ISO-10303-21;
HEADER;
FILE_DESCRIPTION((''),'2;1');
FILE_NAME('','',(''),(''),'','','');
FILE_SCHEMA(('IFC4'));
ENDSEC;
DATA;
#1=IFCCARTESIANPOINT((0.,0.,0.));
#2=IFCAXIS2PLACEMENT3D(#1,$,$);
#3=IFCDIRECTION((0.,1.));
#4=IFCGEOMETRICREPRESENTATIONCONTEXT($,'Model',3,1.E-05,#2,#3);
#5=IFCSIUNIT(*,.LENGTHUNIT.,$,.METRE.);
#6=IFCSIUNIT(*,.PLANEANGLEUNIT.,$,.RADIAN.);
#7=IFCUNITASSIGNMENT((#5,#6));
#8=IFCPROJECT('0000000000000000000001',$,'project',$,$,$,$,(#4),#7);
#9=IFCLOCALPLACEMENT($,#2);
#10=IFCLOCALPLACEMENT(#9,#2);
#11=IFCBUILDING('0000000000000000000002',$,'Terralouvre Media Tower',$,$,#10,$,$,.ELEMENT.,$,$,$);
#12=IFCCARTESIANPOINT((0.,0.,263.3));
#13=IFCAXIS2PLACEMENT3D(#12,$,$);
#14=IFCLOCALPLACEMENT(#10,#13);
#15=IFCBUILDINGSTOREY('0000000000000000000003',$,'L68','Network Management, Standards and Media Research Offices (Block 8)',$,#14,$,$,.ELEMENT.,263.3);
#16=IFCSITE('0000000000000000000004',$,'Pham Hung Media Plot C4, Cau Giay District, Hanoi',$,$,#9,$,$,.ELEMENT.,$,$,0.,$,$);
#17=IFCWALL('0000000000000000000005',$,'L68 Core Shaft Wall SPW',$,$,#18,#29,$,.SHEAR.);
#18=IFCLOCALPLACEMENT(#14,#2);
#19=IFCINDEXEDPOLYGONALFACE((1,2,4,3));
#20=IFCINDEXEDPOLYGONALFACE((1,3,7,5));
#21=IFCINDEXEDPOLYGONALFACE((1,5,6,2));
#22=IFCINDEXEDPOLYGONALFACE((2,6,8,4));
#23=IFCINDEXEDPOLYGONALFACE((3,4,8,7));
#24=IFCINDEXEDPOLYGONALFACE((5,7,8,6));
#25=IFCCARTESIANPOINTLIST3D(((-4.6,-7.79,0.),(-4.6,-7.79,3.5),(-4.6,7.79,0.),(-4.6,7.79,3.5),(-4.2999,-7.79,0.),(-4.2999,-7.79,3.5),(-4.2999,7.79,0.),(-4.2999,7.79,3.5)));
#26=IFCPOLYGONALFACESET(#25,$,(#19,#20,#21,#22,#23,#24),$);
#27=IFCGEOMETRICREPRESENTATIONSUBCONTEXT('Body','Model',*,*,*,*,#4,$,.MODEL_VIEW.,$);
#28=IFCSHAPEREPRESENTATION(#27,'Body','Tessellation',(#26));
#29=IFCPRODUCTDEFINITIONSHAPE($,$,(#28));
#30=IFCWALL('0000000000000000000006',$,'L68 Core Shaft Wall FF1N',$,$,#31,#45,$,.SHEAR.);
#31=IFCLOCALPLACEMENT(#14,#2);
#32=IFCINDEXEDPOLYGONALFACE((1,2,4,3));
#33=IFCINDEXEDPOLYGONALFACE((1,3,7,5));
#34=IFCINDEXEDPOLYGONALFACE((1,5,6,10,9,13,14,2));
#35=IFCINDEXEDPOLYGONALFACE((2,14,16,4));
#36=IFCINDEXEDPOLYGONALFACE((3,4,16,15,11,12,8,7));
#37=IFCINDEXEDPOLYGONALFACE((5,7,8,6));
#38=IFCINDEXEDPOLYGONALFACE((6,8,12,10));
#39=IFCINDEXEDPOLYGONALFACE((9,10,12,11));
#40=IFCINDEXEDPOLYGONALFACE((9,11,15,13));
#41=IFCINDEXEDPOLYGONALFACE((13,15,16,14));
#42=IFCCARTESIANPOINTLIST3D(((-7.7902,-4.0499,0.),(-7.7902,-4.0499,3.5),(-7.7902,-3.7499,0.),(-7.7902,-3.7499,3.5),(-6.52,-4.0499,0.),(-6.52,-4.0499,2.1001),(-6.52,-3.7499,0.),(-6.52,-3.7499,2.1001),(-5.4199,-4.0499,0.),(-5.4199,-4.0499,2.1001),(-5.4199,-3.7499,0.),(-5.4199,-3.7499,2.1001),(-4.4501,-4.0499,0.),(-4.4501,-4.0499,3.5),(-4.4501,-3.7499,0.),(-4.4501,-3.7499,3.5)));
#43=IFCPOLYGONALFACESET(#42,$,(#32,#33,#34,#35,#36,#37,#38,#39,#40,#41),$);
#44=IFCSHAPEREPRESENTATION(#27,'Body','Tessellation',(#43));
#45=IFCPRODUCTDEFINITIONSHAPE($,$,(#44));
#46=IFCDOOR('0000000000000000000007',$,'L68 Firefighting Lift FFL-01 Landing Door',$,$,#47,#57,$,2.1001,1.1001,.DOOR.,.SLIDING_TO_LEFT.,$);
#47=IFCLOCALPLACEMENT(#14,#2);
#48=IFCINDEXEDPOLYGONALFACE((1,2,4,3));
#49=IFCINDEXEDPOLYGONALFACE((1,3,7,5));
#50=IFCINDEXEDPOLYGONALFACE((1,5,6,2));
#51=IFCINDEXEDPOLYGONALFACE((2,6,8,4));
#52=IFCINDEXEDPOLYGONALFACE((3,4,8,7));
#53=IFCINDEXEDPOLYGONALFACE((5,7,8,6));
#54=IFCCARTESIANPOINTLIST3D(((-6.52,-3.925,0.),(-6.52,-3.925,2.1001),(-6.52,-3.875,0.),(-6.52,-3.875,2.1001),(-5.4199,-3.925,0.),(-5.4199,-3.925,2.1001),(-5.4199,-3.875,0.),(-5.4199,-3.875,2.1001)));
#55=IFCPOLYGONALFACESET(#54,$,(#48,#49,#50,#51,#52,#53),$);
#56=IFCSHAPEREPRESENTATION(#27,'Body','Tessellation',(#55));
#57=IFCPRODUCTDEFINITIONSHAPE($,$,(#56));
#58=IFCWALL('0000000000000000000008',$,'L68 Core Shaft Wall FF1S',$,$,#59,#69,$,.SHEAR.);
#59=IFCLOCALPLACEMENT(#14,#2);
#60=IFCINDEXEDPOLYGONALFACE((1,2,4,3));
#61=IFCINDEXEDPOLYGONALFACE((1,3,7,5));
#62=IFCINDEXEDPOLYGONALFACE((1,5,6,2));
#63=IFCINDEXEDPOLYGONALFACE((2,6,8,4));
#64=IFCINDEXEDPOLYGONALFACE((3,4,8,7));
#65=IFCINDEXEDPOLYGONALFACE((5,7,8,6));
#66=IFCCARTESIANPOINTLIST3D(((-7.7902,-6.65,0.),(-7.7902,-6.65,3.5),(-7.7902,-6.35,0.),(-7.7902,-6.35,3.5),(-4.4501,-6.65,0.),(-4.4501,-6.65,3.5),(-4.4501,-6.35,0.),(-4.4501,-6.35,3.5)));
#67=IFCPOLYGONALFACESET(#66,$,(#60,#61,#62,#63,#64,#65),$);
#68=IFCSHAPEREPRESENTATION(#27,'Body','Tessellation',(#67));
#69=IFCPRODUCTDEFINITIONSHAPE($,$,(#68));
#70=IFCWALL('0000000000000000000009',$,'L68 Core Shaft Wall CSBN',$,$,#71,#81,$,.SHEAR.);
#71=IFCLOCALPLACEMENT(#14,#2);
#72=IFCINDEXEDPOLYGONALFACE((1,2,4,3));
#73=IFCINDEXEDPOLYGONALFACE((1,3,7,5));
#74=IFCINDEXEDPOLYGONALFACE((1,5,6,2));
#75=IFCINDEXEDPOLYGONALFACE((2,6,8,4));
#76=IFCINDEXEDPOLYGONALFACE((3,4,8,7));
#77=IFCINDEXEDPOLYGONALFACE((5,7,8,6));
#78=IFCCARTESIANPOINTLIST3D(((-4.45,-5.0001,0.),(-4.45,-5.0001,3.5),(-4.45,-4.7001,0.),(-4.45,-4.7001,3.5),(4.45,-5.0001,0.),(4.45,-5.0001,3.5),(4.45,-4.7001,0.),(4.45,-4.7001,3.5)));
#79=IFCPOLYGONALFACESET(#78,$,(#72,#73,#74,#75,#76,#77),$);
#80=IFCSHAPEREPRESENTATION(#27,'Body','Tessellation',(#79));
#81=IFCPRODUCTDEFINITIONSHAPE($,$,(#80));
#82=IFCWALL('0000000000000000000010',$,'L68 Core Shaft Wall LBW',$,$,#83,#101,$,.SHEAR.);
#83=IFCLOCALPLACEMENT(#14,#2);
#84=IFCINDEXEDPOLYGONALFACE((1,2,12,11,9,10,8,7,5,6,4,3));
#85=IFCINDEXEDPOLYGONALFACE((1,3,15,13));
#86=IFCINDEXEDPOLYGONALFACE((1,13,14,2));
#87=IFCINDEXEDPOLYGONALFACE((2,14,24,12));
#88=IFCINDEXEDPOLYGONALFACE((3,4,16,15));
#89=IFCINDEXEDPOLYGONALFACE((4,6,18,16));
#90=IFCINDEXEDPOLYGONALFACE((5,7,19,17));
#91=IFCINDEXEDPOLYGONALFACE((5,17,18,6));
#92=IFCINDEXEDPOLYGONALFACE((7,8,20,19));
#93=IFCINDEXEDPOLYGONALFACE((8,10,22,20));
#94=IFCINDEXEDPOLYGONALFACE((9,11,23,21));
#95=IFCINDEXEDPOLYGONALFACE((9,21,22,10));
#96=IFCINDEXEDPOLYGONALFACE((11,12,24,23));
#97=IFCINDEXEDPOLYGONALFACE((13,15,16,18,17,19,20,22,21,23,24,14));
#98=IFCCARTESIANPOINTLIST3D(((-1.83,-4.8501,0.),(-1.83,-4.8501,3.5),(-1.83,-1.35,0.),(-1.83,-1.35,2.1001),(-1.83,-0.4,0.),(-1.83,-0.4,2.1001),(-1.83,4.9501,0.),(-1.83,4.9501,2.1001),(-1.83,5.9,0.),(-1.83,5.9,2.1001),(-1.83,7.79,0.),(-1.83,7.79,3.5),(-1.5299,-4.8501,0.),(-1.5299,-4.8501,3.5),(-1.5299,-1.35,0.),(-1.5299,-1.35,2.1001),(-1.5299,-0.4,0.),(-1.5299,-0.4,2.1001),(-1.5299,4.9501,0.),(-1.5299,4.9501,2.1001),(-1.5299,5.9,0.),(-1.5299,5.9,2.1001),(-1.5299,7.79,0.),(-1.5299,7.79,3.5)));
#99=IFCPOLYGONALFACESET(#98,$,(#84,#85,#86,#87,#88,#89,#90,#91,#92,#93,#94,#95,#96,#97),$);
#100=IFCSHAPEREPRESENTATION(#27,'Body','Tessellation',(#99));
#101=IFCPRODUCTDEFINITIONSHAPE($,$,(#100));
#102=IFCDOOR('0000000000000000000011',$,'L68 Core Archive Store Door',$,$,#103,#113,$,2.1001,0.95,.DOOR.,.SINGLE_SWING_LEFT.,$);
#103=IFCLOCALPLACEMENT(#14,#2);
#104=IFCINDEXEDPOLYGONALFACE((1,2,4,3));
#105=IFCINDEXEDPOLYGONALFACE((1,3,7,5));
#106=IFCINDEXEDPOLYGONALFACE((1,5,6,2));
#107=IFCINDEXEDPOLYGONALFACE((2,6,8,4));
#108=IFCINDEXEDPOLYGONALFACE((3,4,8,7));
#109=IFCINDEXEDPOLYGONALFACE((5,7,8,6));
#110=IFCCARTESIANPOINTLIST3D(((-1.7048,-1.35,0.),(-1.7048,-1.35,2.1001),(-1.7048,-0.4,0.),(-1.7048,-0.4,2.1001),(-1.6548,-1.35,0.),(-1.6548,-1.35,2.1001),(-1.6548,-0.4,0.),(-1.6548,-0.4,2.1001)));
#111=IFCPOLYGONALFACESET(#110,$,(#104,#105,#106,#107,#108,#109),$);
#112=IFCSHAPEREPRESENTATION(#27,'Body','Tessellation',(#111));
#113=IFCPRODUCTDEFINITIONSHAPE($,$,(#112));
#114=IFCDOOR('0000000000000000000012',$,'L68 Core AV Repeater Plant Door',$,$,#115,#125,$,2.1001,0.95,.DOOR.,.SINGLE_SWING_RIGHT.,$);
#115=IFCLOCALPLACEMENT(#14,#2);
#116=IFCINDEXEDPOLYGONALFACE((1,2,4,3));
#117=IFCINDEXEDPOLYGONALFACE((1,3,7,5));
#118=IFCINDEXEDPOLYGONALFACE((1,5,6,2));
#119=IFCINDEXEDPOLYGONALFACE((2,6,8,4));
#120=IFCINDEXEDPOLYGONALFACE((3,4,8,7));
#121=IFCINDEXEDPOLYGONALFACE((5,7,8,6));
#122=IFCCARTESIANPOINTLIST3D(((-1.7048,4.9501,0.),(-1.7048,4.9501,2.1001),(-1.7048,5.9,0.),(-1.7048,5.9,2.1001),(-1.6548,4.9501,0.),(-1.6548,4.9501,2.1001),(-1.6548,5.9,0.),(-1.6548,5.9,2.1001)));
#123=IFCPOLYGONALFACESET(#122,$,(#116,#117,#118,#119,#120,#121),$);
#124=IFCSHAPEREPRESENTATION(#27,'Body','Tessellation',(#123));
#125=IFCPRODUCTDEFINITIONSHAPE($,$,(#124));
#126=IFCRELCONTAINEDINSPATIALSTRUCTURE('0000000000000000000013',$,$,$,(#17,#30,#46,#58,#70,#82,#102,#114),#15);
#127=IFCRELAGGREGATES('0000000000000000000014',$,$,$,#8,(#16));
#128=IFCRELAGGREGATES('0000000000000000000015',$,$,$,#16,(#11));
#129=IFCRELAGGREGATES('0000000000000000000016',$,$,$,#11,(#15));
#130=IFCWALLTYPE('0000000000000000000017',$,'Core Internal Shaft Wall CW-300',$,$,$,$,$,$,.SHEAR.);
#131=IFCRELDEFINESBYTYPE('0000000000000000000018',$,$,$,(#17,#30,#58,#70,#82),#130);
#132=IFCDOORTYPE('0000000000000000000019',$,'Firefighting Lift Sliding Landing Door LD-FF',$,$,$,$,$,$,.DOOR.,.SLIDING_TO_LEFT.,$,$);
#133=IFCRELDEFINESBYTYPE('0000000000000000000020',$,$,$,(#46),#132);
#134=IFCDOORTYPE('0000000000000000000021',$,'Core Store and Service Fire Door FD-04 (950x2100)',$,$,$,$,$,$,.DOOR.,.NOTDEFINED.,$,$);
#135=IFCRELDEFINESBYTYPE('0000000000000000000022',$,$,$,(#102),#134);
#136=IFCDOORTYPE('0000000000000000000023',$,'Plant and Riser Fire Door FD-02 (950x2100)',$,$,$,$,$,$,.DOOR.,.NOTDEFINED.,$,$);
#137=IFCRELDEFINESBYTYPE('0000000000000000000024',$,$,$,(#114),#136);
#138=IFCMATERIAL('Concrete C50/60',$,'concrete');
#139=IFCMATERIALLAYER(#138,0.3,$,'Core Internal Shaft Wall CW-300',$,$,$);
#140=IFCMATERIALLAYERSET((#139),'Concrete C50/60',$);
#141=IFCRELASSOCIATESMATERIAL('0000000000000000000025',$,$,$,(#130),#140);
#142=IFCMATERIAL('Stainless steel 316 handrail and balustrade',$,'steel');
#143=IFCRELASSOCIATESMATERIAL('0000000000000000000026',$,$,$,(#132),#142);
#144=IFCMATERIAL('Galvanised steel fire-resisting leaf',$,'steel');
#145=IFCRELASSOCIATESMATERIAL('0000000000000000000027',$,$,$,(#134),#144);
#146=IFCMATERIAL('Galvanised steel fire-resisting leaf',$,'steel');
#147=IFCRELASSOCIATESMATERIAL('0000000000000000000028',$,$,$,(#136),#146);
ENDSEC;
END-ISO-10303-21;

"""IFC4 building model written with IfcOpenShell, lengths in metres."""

from ifc_helpers import new_model, si_unit, direction, frame, frame_2d, origin, place, context, subcontext, project, spatial, rectangle, extrude, material, layer, layer_set, type_object, element, fill, save


model = new_model("IFC4")

# Units and contexts
model_context = context("Model", 3, precision=1e-05, world=origin(), true_north=direction((0.0, 1.0)))
body_context = subcontext(model_context, "Body", "Model", "MODEL_VIEW")
ifc_project = project(units=[si_unit("LENGTHUNIT", "METRE"), si_unit("PLANEANGLEUNIT", "RADIAN")], contexts=[model_context])

# Site, building, storey
site_placement = place(None, origin())
site = spatial("IfcSite", under=ifc_project, at=site_placement, Name="Pham Hung Media Plot C4, Cau Giay District, Hanoi", CompositionType="ELEMENT", RefElevation=0.0)
building_placement = place(site_placement, origin())
building = spatial("IfcBuilding", under=site, at=building_placement, Name="Terralouvre Media Tower", CompositionType="ELEMENT")
storey_placement = place(building_placement, frame((0.0, 0.0, 263.3)))
storey = spatial("IfcBuildingStorey", under=building, at=storey_placement, Name="L68", Description="Network Management, Standards and Media Research Offices (Block 8)", CompositionType="ELEMENT", Elevation=263.3)

# Wall
ifc_material_1 = material(Name="Concrete C50/60", Category="concrete")
ifc_layer_1 = layer(ifc_material_1, 0.3, Name="Core Internal Shaft Wall CW-300")
ifc_layer_set_1 = layer_set([ifc_layer_1], Name="Concrete C50/60")
wall_type_1 = type_object("IfcWallType", Name="Core Internal Shaft Wall CW-300", PredefinedType="SHEAR", material=ifc_layer_set_1)
wall_1_placement = place(storey_placement, frame((-4.45, -7.79, 0.0), z_axis=(0.0, 0.0, 1.0), x_axis=(0.0, 1.0, 0.0)))
element("IfcWall", 1, at=wall_1_placement, inside=storey, type_object=wall_type_1, Name="L68 Core Shaft Wall SPW", PredefinedType="SHEAR", context=body_context, shape_type="SweptSolid", body=[
    extrude(rectangle(XDim=15.5801, YDim=0.3, at=frame_2d((7.79, 0.0))), origin(), (0.0, 0.0, 1.0), 3.5),
])

# Wall, opening, door
wall_2_placement = place(storey_placement, frame((-7.79, -3.8999, 0.0), z_axis=(0.0, 0.0, 1.0), x_axis=(1.0, 0.0, 0.0)))
wall_2 = element("IfcWall", 2, at=wall_2_placement, inside=storey, type_object=wall_type_1, Name="L68 Core Shaft Wall FF1N", PredefinedType="SHEAR", context=body_context, shape_type="SweptSolid", body=[
    extrude(rectangle(XDim=3.3401, YDim=0.3, at=frame_2d((1.6699, 0.0))), origin(), (0.0, 0.0, 1.0), 3.5),
])
opening_1_placement = place(wall_2_placement, frame((1.27, 0.0, 0.0)))
opening_1 = element("IfcOpeningElement", 3, at=opening_1_placement, cuts=wall_2, PredefinedType="OPENING", context=body_context, shape_type="SweptSolid", body=[
    extrude(rectangle(XDim=1.1001, YDim=2.1001, at=frame_2d((0.55, 1.05))), frame((0.0, 0.1599, 0.0), z_axis=(0.0, -1.0, 0.0), x_axis=(1.0, 0.0, 0.0)), (0.0, 0.0, 1.0), 0.3201),
])
ifc_material_2 = material(Name="Stainless steel 316 handrail and balustrade", Category="steel")
door_type_1 = type_object("IfcDoorType", Name="Firefighting Lift Sliding Landing Door LD-FF", OperationType="SLIDING_TO_LEFT", PredefinedType="DOOR", material=ifc_material_2)
door_1_placement = place(opening_1_placement, origin())
door_1 = element("IfcDoor", 4, at=door_1_placement, inside=storey, type_object=door_type_1, Name="L68 Firefighting Lift FFL-01 Landing Door", OperationType="SLIDING_TO_LEFT", OverallHeight=2.1001, OverallWidth=1.1001, PredefinedType="DOOR", context=body_context, shape_type="SweptSolid", body=[
    extrude(rectangle(XDim=1.1001, YDim=2.1001, at=frame_2d((0.55, 1.05))), frame((0.0, 0.0249, 0.0), z_axis=(0.0, -1.0, 0.0), x_axis=(1.0, 0.0, 0.0)), (0.0, 0.0, 1.0), 0.05),
])
fill(opening_1, door_1)

# Walls
wall_3_placement = place(storey_placement, frame((-7.79, -6.5, 0.0), z_axis=(0.0, 0.0, 1.0), x_axis=(1.0, 0.0, 0.0)))
element("IfcWall", 5, at=wall_3_placement, inside=storey, type_object=wall_type_1, Name="L68 Core Shaft Wall FF1S", PredefinedType="SHEAR", context=body_context, shape_type="SweptSolid", body=[
    extrude(rectangle(XDim=3.3401, YDim=0.3, at=frame_2d((1.6699, 0.0))), origin(), (0.0, 0.0, 1.0), 3.5),
])
wall_4_placement = place(storey_placement, frame((-4.45, -4.8501, 0.0), z_axis=(0.0, 0.0, 1.0), x_axis=(1.0, 0.0, 0.0)))
element("IfcWall", 6, at=wall_4_placement, inside=storey, type_object=wall_type_1, Name="L68 Core Shaft Wall CSBN", PredefinedType="SHEAR", context=body_context, shape_type="SweptSolid", body=[
    extrude(rectangle(XDim=8.8999, YDim=0.3, at=frame_2d((4.45, 0.0))), origin(), (0.0, 0.0, 1.0), 3.5),
])

# Wall, openings, doors
wall_5_placement = place(storey_placement, frame((-1.6799, -4.8501, 0.0), z_axis=(0.0, 0.0, 1.0), x_axis=(0.0, 1.0, 0.0)))
wall_5 = element("IfcWall", 7, at=wall_5_placement, inside=storey, type_object=wall_type_1, Name="L68 Core Shaft Wall LBW", PredefinedType="SHEAR", context=body_context, shape_type="SweptSolid", body=[
    extrude(rectangle(XDim=12.6401, YDim=0.3, at=frame_2d((6.3201, 0.0))), origin(), (0.0, 0.0, 1.0), 3.5),
])
opening_2_placement = place(wall_5_placement, frame((3.5, 0.0, 0.0)))
opening_2 = element("IfcOpeningElement", 8, at=opening_2_placement, cuts=wall_5, PredefinedType="OPENING", context=body_context, shape_type="SweptSolid", body=[
    extrude(rectangle(XDim=0.95, YDim=2.1001, at=frame_2d((0.4751, 1.05))), frame((0.0, 0.1599, 0.0), z_axis=(0.0, -1.0, 0.0), x_axis=(1.0, 0.0, 0.0)), (0.0, 0.0, 1.0), 0.3201),
])
opening_3_placement = place(wall_5_placement, frame((9.8, 0.0, 0.0)))
opening_3 = element("IfcOpeningElement", 9, at=opening_3_placement, cuts=wall_5, PredefinedType="OPENING", context=body_context, shape_type="SweptSolid", body=[
    extrude(rectangle(XDim=0.95, YDim=2.1001, at=frame_2d((0.4751, 1.05))), frame((0.0, 0.1599, 0.0), z_axis=(0.0, -1.0, 0.0), x_axis=(1.0, 0.0, 0.0)), (0.0, 0.0, 1.0), 0.3201),
])
ifc_material_3 = material(Name="Galvanised steel fire-resisting leaf", Category="steel")
door_type_2 = type_object("IfcDoorType", Name="Core Store and Service Fire Door FD-04 (950x2100)", OperationType="NOTDEFINED", PredefinedType="DOOR", material=ifc_material_3)
door_2_placement = place(opening_2_placement, origin())
door_2 = element("IfcDoor", 10, at=door_2_placement, inside=storey, type_object=door_type_2, Name="L68 Core Archive Store Door", OperationType="SINGLE_SWING_LEFT", OverallHeight=2.1001, OverallWidth=0.95, PredefinedType="DOOR", context=body_context, shape_type="SweptSolid", body=[
    extrude(rectangle(XDim=0.95, YDim=2.1001, at=frame_2d((0.4751, 1.05))), frame((0.0, 0.0249, 0.0), z_axis=(0.0, -1.0, 0.0), x_axis=(1.0, 0.0, 0.0)), (0.0, 0.0, 1.0), 0.05),
])
fill(opening_2, door_2)
ifc_material_4 = material(Name="Galvanised steel fire-resisting leaf", Category="steel")
door_type_3 = type_object("IfcDoorType", Name="Plant and Riser Fire Door FD-02 (950x2100)", OperationType="NOTDEFINED", PredefinedType="DOOR", material=ifc_material_4)
door_3_placement = place(opening_3_placement, origin())
door_3 = element("IfcDoor", 11, at=door_3_placement, inside=storey, type_object=door_type_3, Name="L68 Core AV Repeater Plant Door", OperationType="SINGLE_SWING_RIGHT", OverallHeight=2.1001, OverallWidth=0.95, PredefinedType="DOOR", context=body_context, shape_type="SweptSolid", body=[
    extrude(rectangle(XDim=0.95, YDim=2.1001, at=frame_2d((0.4751, 1.05))), frame((0.0, 0.0249, 0.0), z_axis=(0.0, -1.0, 0.0), x_axis=(1.0, 0.0, 0.0)), (0.0, 0.0, 1.0), 0.05),
])
fill(opening_3, door_3)

save(model, "model.ifc")
